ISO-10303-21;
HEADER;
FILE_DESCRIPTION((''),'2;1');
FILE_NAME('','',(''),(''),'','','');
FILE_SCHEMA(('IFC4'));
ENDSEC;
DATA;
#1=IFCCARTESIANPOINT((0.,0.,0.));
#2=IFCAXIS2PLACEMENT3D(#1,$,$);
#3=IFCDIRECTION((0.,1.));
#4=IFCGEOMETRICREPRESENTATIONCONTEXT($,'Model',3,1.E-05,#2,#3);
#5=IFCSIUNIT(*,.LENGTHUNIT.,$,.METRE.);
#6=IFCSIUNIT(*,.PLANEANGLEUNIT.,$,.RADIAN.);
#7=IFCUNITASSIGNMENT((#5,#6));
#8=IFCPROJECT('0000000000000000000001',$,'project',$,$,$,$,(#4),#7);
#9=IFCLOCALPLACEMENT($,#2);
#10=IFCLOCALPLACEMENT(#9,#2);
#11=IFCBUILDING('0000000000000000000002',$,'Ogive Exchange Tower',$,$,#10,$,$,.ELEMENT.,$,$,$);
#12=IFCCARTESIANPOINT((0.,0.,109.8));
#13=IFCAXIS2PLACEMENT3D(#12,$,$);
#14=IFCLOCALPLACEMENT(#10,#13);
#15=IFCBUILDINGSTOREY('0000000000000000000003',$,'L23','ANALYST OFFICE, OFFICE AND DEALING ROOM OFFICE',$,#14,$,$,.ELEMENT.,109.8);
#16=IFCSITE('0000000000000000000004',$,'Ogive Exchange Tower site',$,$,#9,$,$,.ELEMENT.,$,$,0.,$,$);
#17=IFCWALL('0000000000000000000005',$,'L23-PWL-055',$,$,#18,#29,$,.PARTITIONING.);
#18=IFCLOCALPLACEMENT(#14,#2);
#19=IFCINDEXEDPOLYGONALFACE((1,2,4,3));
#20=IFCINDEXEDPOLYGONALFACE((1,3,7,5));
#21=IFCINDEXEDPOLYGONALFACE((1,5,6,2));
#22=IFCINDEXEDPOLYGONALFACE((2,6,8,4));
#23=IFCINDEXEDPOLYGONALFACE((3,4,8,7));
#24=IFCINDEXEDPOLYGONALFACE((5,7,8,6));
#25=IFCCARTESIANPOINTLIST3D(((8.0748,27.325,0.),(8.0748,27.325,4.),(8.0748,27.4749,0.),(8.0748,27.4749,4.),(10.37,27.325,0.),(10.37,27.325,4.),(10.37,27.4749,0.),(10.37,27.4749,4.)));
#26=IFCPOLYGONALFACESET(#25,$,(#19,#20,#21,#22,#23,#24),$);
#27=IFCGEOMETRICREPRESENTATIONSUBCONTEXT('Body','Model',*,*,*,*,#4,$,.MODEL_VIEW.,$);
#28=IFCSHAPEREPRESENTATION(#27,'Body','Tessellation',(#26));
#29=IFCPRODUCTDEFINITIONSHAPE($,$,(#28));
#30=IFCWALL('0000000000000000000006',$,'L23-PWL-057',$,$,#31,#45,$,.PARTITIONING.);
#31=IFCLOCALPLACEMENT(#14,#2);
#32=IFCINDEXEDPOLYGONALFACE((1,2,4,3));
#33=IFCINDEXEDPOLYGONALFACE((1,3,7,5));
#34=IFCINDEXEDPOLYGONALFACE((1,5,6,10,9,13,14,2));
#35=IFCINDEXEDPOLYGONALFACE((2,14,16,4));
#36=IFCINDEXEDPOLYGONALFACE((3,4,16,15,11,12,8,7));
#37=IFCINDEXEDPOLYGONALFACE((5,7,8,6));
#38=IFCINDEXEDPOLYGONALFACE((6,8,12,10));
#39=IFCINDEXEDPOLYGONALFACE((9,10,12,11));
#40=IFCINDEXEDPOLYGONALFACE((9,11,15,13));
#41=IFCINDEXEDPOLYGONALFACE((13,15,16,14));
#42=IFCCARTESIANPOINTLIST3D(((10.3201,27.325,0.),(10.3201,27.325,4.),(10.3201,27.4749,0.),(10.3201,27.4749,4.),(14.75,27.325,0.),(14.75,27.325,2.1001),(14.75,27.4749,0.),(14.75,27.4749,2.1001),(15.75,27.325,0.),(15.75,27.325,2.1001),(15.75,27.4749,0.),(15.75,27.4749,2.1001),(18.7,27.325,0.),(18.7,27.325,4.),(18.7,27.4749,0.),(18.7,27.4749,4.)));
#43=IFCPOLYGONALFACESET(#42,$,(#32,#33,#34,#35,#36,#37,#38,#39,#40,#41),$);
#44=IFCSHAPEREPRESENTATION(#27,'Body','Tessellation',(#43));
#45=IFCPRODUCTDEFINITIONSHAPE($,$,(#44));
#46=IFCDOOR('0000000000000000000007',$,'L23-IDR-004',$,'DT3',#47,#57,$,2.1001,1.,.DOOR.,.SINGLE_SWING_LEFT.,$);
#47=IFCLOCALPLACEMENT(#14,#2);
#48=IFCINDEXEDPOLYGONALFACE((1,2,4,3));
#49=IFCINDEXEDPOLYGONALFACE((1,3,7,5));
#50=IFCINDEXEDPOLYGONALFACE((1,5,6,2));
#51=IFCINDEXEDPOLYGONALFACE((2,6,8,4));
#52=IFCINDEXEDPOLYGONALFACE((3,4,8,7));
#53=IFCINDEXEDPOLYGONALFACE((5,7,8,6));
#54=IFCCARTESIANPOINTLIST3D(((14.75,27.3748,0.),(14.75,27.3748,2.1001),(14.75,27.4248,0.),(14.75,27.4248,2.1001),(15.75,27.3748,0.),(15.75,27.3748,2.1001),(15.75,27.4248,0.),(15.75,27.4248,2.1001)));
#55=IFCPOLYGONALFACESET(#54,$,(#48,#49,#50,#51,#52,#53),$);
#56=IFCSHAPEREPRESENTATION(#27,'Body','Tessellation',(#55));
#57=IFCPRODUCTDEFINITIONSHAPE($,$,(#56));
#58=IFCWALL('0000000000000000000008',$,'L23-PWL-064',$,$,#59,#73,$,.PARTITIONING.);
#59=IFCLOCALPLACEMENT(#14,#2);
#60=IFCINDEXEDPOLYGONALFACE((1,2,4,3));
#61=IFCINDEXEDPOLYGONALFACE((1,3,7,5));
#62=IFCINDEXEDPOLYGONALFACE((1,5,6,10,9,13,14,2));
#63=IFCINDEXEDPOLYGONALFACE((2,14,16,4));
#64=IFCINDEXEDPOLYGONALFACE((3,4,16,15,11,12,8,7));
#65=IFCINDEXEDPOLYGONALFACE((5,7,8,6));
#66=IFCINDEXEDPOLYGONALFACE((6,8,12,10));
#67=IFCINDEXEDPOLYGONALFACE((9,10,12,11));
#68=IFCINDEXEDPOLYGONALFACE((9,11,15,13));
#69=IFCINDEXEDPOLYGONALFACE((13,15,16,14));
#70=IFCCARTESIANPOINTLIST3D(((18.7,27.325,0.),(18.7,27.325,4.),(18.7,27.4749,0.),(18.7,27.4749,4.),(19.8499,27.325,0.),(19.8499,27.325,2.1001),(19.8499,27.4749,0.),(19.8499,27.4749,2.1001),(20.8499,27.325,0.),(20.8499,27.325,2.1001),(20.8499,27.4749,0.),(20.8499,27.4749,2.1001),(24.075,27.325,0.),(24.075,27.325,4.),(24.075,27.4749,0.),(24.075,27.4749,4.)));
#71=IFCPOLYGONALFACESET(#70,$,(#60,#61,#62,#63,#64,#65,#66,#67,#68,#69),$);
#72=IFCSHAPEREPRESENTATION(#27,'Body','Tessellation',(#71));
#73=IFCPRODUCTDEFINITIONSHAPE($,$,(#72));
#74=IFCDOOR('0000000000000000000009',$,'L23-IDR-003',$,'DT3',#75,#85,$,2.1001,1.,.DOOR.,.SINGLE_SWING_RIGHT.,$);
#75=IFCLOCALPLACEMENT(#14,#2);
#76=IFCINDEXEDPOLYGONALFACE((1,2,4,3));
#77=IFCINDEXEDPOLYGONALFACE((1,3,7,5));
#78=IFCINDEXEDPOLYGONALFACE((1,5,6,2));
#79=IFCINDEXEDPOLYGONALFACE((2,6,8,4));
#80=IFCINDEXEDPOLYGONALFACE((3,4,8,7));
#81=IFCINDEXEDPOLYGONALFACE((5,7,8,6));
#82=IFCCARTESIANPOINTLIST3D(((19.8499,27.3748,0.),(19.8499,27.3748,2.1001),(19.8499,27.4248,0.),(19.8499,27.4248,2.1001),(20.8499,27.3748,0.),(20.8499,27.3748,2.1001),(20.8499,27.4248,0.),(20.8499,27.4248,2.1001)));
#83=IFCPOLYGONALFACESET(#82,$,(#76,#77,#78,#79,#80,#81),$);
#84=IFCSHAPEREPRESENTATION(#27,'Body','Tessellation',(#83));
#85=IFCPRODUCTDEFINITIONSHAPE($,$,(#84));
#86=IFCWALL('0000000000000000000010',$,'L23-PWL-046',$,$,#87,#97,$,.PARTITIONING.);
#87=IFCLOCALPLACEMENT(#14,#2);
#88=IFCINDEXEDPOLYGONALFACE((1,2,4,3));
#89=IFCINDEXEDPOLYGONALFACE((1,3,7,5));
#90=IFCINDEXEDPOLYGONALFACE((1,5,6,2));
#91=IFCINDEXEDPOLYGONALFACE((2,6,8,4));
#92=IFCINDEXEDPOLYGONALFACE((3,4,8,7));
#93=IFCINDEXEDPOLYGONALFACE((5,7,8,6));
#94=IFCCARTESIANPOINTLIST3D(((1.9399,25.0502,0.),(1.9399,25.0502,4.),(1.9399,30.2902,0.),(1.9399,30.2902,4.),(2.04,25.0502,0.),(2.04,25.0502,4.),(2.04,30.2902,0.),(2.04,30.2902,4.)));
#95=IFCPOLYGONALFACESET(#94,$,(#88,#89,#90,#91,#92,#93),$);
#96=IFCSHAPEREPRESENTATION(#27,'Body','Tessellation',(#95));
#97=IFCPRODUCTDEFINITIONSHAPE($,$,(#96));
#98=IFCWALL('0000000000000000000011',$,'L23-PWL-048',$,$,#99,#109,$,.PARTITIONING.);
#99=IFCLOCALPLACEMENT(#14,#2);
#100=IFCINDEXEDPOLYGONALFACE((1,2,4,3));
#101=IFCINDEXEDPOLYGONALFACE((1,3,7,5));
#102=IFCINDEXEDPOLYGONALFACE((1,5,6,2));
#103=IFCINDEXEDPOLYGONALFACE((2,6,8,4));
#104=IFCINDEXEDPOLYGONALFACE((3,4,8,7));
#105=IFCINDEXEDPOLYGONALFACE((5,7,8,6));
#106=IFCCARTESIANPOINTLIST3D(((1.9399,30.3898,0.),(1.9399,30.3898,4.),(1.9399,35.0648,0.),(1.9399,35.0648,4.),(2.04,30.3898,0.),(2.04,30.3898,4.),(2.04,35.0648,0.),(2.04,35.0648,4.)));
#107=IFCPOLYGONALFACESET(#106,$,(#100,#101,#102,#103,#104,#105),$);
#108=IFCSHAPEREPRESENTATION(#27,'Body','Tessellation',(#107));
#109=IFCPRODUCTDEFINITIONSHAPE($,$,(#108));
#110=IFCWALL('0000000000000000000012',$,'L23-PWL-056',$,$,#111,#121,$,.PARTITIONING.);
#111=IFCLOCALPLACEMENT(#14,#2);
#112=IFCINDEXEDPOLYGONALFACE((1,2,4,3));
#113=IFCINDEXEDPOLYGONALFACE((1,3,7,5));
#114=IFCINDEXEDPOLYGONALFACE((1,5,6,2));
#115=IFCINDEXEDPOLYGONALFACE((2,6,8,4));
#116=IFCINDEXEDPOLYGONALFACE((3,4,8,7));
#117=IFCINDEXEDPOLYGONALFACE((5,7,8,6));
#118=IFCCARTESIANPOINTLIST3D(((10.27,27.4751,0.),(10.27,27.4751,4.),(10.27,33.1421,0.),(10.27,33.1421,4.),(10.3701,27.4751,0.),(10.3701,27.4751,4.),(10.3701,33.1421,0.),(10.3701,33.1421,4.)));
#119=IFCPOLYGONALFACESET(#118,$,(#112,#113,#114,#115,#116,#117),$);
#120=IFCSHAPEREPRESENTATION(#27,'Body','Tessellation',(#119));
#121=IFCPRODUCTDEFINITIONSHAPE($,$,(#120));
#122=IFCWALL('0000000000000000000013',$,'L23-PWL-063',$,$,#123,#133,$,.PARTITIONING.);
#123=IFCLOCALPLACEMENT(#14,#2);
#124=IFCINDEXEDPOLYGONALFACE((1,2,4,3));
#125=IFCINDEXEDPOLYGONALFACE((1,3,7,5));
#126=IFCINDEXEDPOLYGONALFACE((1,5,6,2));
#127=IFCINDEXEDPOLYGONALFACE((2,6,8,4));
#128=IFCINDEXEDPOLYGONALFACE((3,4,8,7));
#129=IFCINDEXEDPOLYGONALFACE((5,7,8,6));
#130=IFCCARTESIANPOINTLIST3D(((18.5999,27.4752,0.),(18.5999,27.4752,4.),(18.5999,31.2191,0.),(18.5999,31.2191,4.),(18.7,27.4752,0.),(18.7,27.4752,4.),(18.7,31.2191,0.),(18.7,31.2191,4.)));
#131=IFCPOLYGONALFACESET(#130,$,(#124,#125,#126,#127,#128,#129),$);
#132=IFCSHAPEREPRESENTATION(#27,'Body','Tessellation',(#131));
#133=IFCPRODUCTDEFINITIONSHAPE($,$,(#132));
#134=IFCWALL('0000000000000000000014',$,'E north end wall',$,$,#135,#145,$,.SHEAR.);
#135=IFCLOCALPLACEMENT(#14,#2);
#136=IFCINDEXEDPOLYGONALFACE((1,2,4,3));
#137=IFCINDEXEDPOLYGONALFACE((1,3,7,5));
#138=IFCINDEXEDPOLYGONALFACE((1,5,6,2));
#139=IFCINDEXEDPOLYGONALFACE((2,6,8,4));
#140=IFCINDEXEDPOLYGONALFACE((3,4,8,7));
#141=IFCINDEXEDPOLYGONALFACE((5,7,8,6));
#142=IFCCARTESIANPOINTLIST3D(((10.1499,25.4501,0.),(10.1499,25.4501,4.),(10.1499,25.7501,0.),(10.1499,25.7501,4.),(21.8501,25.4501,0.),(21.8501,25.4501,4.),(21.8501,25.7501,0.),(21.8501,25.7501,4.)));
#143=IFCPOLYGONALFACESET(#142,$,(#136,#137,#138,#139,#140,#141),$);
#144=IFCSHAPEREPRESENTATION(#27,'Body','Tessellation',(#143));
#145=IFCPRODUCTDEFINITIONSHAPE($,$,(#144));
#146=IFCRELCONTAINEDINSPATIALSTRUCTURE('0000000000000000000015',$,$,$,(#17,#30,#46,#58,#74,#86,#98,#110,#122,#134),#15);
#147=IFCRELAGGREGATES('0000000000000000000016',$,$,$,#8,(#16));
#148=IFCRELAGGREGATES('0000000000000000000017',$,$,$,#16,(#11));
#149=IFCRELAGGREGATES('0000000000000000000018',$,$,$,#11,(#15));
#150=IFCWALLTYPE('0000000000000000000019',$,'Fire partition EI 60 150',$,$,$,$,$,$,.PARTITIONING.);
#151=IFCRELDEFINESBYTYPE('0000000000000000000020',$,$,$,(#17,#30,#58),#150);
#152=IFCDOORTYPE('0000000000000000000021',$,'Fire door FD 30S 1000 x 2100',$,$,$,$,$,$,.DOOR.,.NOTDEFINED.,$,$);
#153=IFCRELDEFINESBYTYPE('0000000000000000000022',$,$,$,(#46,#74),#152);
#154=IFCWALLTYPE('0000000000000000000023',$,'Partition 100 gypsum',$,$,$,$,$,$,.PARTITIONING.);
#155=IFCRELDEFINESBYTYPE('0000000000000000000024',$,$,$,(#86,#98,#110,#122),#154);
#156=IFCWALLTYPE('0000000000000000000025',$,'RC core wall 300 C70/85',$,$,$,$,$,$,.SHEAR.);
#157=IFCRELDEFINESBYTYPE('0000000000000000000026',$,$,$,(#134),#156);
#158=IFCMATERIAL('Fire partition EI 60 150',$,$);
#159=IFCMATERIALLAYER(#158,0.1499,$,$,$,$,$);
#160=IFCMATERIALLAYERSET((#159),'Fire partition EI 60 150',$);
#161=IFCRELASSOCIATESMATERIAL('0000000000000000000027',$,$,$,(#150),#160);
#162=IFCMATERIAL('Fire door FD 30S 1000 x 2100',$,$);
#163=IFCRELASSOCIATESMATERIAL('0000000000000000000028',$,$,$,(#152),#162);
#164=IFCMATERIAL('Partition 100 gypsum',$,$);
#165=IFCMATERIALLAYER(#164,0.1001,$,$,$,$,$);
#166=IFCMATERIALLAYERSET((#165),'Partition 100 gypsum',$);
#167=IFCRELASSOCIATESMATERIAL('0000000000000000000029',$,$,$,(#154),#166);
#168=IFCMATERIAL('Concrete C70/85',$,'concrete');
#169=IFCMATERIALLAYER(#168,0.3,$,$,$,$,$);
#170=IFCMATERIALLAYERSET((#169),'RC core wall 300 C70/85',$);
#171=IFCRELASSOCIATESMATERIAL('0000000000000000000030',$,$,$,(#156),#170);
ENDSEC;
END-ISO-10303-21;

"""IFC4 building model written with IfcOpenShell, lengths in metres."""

from ifc_helpers import new_model, si_unit, direction, frame, frame_2d, origin, place, context, subcontext, project, spatial, rectangle, extrude, material, layer, layer_set, type_object, element, fill, save


model = new_model("IFC4")

# Units and contexts
model_context = context("Model", 3, precision=1e-05, world=origin(), true_north=direction((0.0, 1.0)))
body_context = subcontext(model_context, "Body", "Model", "MODEL_VIEW")
ifc_project = project(units=[si_unit("LENGTHUNIT", "METRE"), si_unit("PLANEANGLEUNIT", "RADIAN")], contexts=[model_context])

# Site, building, storey
site_placement = place(None, origin())
site = spatial("IfcSite", under=ifc_project, at=site_placement, Name="Ogive Exchange Tower site", CompositionType="ELEMENT", RefElevation=0.0)
building_placement = place(site_placement, origin())
building = spatial("IfcBuilding", under=site, at=building_placement, Name="Ogive Exchange Tower", CompositionType="ELEMENT")
storey_placement = place(building_placement, frame((0.0, 0.0, 109.8)))
storey = spatial("IfcBuildingStorey", under=building, at=storey_placement, Name="L23", Description="ANALYST OFFICE, OFFICE AND DEALING ROOM OFFICE", CompositionType="ELEMENT", Elevation=109.8)

# Shared definitions
ifc_material_1 = material(Name="Fire partition EI 60 150")
ifc_layer_1 = layer(ifc_material_1, 0.1499)
ifc_layer_set_1 = layer_set([ifc_layer_1], Name="Fire partition EI 60 150")
wall_type_1 = type_object("IfcWallType", Name="Fire partition EI 60 150", PredefinedType="PARTITIONING", material=ifc_layer_set_1)
ifc_material_2 = material(Name="Fire door FD 30S 1000 x 2100")
door_type = type_object("IfcDoorType", Name="Fire door FD 30S 1000 x 2100", OperationType="NOTDEFINED", PredefinedType="DOOR", material=ifc_material_2)

# Wall
wall_1_placement = place(storey_placement, frame((8.075, 27.3999, 0.0), z_axis=(0.0, 0.0, 1.0), x_axis=(1.0, 0.0, 0.0)))
element("IfcWall", 1, at=wall_1_placement, inside=storey, type_object=wall_type_1, Name="L23-PWL-055", PredefinedType="PARTITIONING", context=body_context, shape_type="SweptSolid", body=[
    extrude(rectangle(XDim=2.2952, YDim=0.1499, at=frame_2d((1.1475, 0.0))), origin(), (0.0, 0.0, 1.0), 4.0),
])

# Walls, openings, doors
wall_2_placement = place(storey_placement, frame((10.3201, 27.3999, 0.0), z_axis=(0.0, 0.0, 1.0), x_axis=(1.0, 0.0, 0.0)))
wall_2 = element("IfcWall", 2, at=wall_2_placement, inside=storey, type_object=wall_type_1, Name="L23-PWL-057", PredefinedType="PARTITIONING", context=body_context, shape_type="SweptSolid", body=[
    extrude(rectangle(XDim=8.3799, YDim=0.1499, at=frame_2d((4.1899, 0.0))), origin(), (0.0, 0.0, 1.0), 4.0),
])
opening_1_placement = place(wall_2_placement, frame((4.4299, 0.0, 0.0)))
opening_1 = element("IfcOpeningElement", 3, at=opening_1_placement, cuts=wall_2, PredefinedType="OPENING", context=body_context, shape_type="SweptSolid", body=[
    extrude(rectangle(XDim=1.0, YDim=2.1001, at=frame_2d((0.5, 1.05))), frame((0.0, 0.085, 0.0), z_axis=(0.0, -1.0, 0.0), x_axis=(1.0, 0.0, 0.0)), (0.0, 0.0, 1.0), 0.1699),
])
door_1_placement = place(opening_1_placement, origin())
door_1 = element("IfcDoor", 4, at=door_1_placement, inside=storey, type_object=door_type, Name="L23-IDR-004", ObjectType="DT3", OperationType="SINGLE_SWING_LEFT", OverallHeight=2.1001, OverallWidth=1.0, PredefinedType="DOOR", context=body_context, shape_type="SweptSolid", body=[
    extrude(rectangle(XDim=1.0, YDim=2.1001, at=frame_2d((0.5, 1.05))), frame((0.0, 0.0249, 0.0), z_axis=(0.0, -1.0, 0.0), x_axis=(1.0, 0.0, 0.0)), (0.0, 0.0, 1.0), 0.05),
])
fill(opening_1, door_1)
wall_3_placement = place(storey_placement, frame((18.7, 27.3999, 0.0), z_axis=(0.0, 0.0, 1.0), x_axis=(1.0, 0.0, 0.0)))
wall_3 = element("IfcWall", 5, at=wall_3_placement, inside=storey, type_object=wall_type_1, Name="L23-PWL-064", PredefinedType="PARTITIONING", context=body_context, shape_type="SweptSolid", body=[
    extrude(rectangle(XDim=5.375, YDim=0.1499, at=frame_2d((2.6875, 0.0))), origin(), (0.0, 0.0, 1.0), 4.0),
])
opening_2_placement = place(wall_3_placement, frame((1.1499, 0.0, 0.0)))
opening_2 = element("IfcOpeningElement", 6, at=opening_2_placement, cuts=wall_3, PredefinedType="OPENING", context=body_context, shape_type="SweptSolid", body=[
    extrude(rectangle(XDim=1.0, YDim=2.1001, at=frame_2d((0.5, 1.05))), frame((0.0, 0.085, 0.0), z_axis=(0.0, -1.0, 0.0), x_axis=(1.0, 0.0, 0.0)), (0.0, 0.0, 1.0), 0.1699),
])
door_2_placement = place(opening_2_placement, origin())
door_2 = element("IfcDoor", 7, at=door_2_placement, inside=storey, type_object=door_type, Name="L23-IDR-003", ObjectType="DT3", OperationType="SINGLE_SWING_RIGHT", OverallHeight=2.1001, OverallWidth=1.0, PredefinedType="DOOR", context=body_context, shape_type="SweptSolid", body=[
    extrude(rectangle(XDim=1.0, YDim=2.1001, at=frame_2d((0.5, 1.05))), frame((0.0, 0.0249, 0.0), z_axis=(0.0, -1.0, 0.0), x_axis=(1.0, 0.0, 0.0)), (0.0, 0.0, 1.0), 0.05),
])
fill(opening_2, door_2)

# Walls
ifc_material_3 = material(Name="Partition 100 gypsum")
ifc_layer_2 = layer(ifc_material_3, 0.1001)
ifc_layer_set_2 = layer_set([ifc_layer_2], Name="Partition 100 gypsum")
wall_type_2 = type_object("IfcWallType", Name="Partition 100 gypsum", PredefinedType="PARTITIONING", material=ifc_layer_set_2)
wall_4_placement = place(storey_placement, frame((1.99, 25.05, 0.0), z_axis=(0.0, 0.0, 1.0), x_axis=(0.0, 1.0, 0.0)))
element("IfcWall", 8, at=wall_4_placement, inside=storey, type_object=wall_type_2, Name="L23-PWL-046", PredefinedType="PARTITIONING", context=body_context, shape_type="SweptSolid", body=[
    extrude(rectangle(XDim=5.24, YDim=0.1001, at=frame_2d((2.6201, 0.0))), origin(), (0.0, 0.0, 1.0), 4.0),
])
wall_5_placement = place(storey_placement, frame((1.99, 30.3899, 0.0), z_axis=(0.0, 0.0, 1.0), x_axis=(0.0, 1.0, 0.0)))
element("IfcWall", 9, at=wall_5_placement, inside=storey, type_object=wall_type_2, Name="L23-PWL-048", PredefinedType="PARTITIONING", context=body_context, shape_type="SweptSolid", body=[
    extrude(rectangle(XDim=4.675, YDim=0.1001, at=frame_2d((2.3374, 0.0))), origin(), (0.0, 0.0, 1.0), 4.0),
])
wall_6_placement = place(storey_placement, frame((10.3201, 27.4751, 0.0), z_axis=(0.0, 0.0, 1.0), x_axis=(0.0, 1.0, 0.0)))
element("IfcWall", 10, at=wall_6_placement, inside=storey, type_object=wall_type_2, Name="L23-PWL-056", PredefinedType="PARTITIONING", context=body_context, shape_type="SweptSolid", body=[
    extrude(rectangle(XDim=5.667, YDim=0.1001, at=frame_2d((2.8335, 0.0))), origin(), (0.0, 0.0, 1.0), 4.0),
])
wall_7_placement = place(storey_placement, frame((18.6499, 27.4751, 0.0), z_axis=(0.0, 0.0, 1.0), x_axis=(0.0, 1.0, 0.0)))
element("IfcWall", 11, at=wall_7_placement, inside=storey, type_object=wall_type_2, Name="L23-PWL-063", PredefinedType="PARTITIONING", context=body_context, shape_type="SweptSolid", body=[
    extrude(rectangle(XDim=3.7439, YDim=0.1001, at=frame_2d((1.8721, 0.0))), origin(), (0.0, 0.0, 1.0), 4.0),
])
ifc_material_4 = material(Name="Concrete C70/85", Category="concrete")
ifc_layer_3 = layer(ifc_material_4, 0.3)
ifc_layer_set_3 = layer_set([ifc_layer_3], Name="RC core wall 300 C70/85")
wall_type_3 = type_object("IfcWallType", Name="RC core wall 300 C70/85", PredefinedType="SHEAR", material=ifc_layer_set_3)
wall_8_placement = place(storey_placement, frame((10.1499, 25.6001, 0.0), z_axis=(0.0, 0.0, 1.0), x_axis=(1.0, 0.0, 0.0)))
element("IfcWall", 12, at=wall_8_placement, inside=storey, type_object=wall_type_3, Name="E north end wall", PredefinedType="SHEAR", context=body_context, shape_type="SweptSolid", body=[
    extrude(rectangle(XDim=11.7002, YDim=0.3, at=frame_2d((5.8501, 0.0))), origin(), (0.0, 0.0, 1.0), 4.0),
])

save(model, "model.ifc")
